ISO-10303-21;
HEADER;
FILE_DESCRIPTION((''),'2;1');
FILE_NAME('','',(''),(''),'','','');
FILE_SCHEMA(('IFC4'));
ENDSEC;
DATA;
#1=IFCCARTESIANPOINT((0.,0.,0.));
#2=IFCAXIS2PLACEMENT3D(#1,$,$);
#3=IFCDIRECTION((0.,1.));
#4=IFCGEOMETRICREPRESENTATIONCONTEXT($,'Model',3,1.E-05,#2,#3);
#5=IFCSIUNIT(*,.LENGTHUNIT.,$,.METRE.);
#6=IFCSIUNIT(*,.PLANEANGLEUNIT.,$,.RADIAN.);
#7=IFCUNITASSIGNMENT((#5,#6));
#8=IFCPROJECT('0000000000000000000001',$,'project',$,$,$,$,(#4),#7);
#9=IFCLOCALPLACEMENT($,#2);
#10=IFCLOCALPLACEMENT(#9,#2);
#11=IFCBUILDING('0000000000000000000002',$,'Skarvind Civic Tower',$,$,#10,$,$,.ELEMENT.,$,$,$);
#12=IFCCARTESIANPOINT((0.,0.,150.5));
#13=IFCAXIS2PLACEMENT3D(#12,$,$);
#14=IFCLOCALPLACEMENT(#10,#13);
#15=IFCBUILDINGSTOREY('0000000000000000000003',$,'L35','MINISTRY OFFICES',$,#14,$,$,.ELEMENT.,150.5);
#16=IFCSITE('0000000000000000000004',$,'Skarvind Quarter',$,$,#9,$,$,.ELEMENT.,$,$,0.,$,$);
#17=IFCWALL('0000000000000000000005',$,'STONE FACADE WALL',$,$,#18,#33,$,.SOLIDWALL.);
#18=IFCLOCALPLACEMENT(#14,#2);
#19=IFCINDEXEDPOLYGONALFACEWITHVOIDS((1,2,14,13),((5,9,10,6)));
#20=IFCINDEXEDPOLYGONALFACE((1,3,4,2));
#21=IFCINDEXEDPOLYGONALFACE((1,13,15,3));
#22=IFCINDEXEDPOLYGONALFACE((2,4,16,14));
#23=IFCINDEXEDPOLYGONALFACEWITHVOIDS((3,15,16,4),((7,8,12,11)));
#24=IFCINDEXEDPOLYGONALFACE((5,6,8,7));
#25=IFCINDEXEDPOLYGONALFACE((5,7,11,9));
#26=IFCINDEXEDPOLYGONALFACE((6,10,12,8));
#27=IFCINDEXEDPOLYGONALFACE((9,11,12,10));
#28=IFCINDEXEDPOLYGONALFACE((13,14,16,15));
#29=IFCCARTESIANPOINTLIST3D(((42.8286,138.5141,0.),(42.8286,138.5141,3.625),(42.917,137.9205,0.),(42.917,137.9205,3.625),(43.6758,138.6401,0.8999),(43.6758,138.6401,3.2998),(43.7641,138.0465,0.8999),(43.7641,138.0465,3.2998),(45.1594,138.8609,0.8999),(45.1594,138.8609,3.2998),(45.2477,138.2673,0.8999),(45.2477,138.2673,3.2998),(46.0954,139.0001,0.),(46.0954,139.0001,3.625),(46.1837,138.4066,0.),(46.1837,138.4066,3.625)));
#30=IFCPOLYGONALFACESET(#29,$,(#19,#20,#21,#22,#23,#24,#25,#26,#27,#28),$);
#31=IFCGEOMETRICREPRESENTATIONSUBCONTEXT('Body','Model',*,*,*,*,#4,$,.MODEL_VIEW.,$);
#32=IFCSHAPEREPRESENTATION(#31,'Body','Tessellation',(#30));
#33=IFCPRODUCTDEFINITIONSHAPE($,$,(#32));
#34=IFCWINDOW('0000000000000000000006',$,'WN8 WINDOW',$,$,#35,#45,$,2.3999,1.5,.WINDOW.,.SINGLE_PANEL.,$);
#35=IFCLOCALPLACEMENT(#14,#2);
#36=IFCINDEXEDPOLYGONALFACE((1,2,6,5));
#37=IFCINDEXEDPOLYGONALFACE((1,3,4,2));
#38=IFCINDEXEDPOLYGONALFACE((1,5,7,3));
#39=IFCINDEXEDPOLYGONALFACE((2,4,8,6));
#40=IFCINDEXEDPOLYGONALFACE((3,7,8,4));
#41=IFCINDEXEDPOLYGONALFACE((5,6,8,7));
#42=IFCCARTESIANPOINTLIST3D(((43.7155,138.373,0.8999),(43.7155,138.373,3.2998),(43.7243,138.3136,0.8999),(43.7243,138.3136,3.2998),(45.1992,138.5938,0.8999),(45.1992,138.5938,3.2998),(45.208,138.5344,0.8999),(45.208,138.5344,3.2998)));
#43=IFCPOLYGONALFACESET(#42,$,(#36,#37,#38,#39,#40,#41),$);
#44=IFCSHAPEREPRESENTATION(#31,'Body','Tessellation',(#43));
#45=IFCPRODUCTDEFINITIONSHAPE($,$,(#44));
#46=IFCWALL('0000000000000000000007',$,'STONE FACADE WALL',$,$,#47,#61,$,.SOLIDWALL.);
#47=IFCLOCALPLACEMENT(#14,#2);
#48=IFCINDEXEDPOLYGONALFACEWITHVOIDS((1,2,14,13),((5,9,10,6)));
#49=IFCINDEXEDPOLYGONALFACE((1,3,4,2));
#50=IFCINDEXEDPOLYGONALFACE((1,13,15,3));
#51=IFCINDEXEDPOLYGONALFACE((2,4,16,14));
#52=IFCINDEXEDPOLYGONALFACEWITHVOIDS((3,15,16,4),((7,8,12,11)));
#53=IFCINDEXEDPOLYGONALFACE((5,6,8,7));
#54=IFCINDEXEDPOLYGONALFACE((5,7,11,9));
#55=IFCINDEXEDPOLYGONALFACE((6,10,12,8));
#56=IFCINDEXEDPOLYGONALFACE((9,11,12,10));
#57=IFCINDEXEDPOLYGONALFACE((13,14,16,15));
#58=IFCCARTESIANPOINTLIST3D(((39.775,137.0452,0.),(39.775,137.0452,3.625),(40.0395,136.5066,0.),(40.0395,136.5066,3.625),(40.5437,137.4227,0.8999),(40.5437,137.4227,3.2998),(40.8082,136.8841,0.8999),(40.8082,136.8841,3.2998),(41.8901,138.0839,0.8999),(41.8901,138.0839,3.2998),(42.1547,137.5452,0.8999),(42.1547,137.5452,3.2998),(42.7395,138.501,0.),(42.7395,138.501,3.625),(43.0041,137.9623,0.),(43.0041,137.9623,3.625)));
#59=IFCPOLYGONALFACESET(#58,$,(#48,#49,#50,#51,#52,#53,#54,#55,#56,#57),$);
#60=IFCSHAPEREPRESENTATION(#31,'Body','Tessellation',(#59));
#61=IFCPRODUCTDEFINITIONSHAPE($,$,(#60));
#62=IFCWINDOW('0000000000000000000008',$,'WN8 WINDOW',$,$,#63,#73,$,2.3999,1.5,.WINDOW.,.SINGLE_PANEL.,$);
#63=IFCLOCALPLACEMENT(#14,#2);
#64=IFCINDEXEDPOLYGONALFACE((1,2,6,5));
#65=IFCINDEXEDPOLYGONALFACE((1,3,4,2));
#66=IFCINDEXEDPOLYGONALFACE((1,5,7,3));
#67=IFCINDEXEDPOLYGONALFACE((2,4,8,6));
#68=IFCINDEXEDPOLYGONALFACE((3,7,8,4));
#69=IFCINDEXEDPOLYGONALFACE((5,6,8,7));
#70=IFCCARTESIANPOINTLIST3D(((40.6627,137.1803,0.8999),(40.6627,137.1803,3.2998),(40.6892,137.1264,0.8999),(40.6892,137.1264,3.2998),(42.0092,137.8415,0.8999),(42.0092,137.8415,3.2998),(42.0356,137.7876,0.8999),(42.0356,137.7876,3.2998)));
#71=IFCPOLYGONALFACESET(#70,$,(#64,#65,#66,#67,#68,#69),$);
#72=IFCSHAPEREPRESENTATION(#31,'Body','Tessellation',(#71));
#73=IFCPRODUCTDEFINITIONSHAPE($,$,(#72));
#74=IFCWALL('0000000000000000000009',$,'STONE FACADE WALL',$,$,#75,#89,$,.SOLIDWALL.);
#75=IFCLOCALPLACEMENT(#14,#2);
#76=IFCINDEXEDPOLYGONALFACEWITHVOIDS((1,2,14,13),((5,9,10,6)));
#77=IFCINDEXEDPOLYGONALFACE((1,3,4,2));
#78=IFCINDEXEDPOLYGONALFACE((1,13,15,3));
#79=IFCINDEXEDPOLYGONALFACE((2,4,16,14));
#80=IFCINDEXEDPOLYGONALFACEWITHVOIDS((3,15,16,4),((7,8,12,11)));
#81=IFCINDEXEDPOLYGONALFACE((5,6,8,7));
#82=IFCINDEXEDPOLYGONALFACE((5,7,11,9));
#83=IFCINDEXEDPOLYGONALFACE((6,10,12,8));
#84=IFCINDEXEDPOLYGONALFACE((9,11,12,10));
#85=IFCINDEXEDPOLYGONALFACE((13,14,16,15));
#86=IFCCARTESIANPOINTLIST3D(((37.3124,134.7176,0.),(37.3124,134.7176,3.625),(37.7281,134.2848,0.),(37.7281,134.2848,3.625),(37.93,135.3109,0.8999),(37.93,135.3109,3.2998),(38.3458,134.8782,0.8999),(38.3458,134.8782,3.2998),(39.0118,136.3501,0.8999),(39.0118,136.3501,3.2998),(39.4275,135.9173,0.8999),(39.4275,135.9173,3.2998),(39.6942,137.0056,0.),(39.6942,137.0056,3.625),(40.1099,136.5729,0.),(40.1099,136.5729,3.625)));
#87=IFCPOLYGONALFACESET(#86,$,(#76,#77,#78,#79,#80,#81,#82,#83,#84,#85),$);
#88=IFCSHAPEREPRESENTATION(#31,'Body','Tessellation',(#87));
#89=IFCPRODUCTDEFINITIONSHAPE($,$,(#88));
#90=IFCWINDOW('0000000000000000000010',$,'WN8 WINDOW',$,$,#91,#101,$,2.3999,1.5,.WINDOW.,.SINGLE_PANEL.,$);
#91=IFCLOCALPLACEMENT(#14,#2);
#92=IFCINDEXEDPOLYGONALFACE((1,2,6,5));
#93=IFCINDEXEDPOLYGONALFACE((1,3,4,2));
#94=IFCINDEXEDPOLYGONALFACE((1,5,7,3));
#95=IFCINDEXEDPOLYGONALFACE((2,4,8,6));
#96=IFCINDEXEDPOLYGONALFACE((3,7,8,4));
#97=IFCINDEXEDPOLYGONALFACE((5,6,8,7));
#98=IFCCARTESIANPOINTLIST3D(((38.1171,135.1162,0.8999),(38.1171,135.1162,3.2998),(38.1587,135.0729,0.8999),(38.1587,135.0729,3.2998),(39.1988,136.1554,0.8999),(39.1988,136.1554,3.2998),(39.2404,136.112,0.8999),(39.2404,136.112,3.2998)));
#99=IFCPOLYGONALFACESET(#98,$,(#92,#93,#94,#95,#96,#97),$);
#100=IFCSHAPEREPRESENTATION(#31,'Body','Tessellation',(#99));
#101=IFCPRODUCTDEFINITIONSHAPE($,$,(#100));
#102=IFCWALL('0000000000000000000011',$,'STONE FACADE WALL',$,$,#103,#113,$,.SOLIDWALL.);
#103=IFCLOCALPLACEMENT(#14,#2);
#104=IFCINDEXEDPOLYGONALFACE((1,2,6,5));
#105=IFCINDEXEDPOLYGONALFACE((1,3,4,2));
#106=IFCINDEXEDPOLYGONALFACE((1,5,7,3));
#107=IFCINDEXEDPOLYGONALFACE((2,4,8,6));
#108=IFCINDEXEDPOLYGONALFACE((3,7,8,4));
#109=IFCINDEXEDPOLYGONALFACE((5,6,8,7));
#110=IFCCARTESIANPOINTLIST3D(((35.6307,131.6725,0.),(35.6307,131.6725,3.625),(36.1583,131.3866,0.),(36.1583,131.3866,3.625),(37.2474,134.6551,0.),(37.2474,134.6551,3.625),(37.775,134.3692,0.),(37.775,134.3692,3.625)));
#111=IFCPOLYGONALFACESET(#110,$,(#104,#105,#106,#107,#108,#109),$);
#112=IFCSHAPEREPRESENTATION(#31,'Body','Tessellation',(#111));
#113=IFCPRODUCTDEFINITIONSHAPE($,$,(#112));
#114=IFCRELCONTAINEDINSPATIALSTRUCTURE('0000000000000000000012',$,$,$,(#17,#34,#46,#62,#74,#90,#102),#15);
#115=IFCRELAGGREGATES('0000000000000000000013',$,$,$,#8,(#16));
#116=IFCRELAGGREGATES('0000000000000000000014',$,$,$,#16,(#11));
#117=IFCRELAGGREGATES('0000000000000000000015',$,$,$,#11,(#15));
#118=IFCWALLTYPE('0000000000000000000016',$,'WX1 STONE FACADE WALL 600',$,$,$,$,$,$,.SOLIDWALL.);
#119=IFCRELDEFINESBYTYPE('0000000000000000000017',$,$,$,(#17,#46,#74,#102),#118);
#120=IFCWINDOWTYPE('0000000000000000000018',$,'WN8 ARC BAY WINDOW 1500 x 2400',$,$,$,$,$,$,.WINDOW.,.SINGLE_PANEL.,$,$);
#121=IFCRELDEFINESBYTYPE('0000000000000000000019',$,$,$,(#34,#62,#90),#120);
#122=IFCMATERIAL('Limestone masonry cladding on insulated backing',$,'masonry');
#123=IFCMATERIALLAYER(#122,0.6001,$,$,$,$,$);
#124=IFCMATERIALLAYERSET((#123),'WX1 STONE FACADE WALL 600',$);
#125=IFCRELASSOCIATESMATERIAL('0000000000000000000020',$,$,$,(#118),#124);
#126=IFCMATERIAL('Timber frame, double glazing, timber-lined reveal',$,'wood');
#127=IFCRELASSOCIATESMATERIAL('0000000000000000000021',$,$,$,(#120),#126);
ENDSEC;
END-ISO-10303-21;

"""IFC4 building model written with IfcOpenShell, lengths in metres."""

from ifc_helpers import new_model, si_unit, direction, frame, frame_2d, origin, place, context, subcontext, project, spatial, rectangle, extrude, material, layer, layer_set, type_object, element, fill, save


model = new_model("IFC4")

# Units and contexts
model_context = context("Model", 3, precision=1e-05, world=origin(), true_north=direction((0.0, 1.0)))
body_context = subcontext(model_context, "Body", "Model", "MODEL_VIEW")
ifc_project = project(units=[si_unit("LENGTHUNIT", "METRE"), si_unit("PLANEANGLEUNIT", "RADIAN")], contexts=[model_context])

# Site, building, storey
site_placement = place(None, origin())
site = spatial("IfcSite", under=ifc_project, at=site_placement, Name="Skarvind Quarter", CompositionType="ELEMENT", RefElevation=0.0)
building_placement = place(site_placement, origin())
building = spatial("IfcBuilding", under=site, at=building_placement, Name="Skarvind Civic Tower", CompositionType="ELEMENT")
storey_placement = place(building_placement, frame((0.0, 0.0, 150.5)))
storey = spatial("IfcBuildingStorey", under=building, at=storey_placement, Name="L35", Description="MINISTRY OFFICES", CompositionType="ELEMENT", Elevation=150.5)

# Walls, openings, windows
ifc_material_1 = material(Name="Limestone masonry cladding on insulated backing", Category="masonry")
ifc_layer_1 = layer(ifc_material_1, 0.6001)
ifc_layer_set_1 = layer_set([ifc_layer_1], Name="WX1 STONE FACADE WALL 600")
wall_type_1 = type_object("IfcWallType", Name="WX1 STONE FACADE WALL 600", PredefinedType="SOLIDWALL", material=ifc_layer_set_1)
wall_1_placement = place(storey_placement, frame((42.8728, 138.2173, 0.0), z_axis=(0.0, 0.0, 1.0), x_axis=(0.989111, 0.147173, 0.0)))
wall_1 = element("IfcWall", 1, at=wall_1_placement, inside=storey, type_object=wall_type_1, Name="STONE FACADE WALL", PredefinedType="SOLIDWALL", context=body_context, shape_type="SweptSolid", body=[
    extrude(rectangle(XDim=3.3027, YDim=0.6001, at=frame_2d((1.6514, 0.0))), origin(), (0.0, 0.0, 1.0), 3.625),
])
opening_1_placement = place(wall_1_placement, frame((0.8564, 0.0, 0.8999)))
opening_1 = element("IfcOpeningElement", 2, at=opening_1_placement, cuts=wall_1, PredefinedType="OPENING", context=body_context, shape_type="SweptSolid", body=[
    extrude(rectangle(XDim=1.5, YDim=2.3999, at=frame_2d((0.75, 1.2))), frame((0.0, 0.3101, 0.0), z_axis=(0.0, -1.0, 0.0), x_axis=(1.0, 0.0, 0.0)), (0.0, 0.0, 1.0), 0.6201),
])
ifc_material_2 = material(Name="Timber frame, double glazing, timber-lined reveal", Category="wood")
window_type = type_object("IfcWindowType", Name="WN8 ARC BAY WINDOW 1500 x 2400", PartitioningType="SINGLE_PANEL", PredefinedType="WINDOW", material=ifc_material_2)
window_1_placement = place(opening_1_placement, origin())
window_1 = element("IfcWindow", 3, at=window_1_placement, inside=storey, type_object=window_type, Name="WN8 WINDOW", OverallHeight=2.3999, OverallWidth=1.5, PartitioningType="SINGLE_PANEL", PredefinedType="WINDOW", context=body_context, shape_type="SweptSolid", body=[
    extrude(rectangle(XDim=1.5, YDim=2.3999, at=frame_2d((0.75, 1.2))), frame((0.0, 0.03, 0.0), z_axis=(0.0, -1.0, 0.0), x_axis=(1.0, 0.0, 0.0)), (0.0, 0.0, 1.0), 0.0601),
])
fill(opening_1, window_1)
wall_2_placement = place(storey_placement, frame((39.9072, 136.7759, 0.0), z_axis=(0.0, 0.0, 1.0), x_axis=(0.897612, 0.440786, 0.0)))
wall_2 = element("IfcWall", 4, at=wall_2_placement, inside=storey, type_object=wall_type_1, Name="STONE FACADE WALL", PredefinedType="SOLIDWALL", context=body_context, shape_type="SweptSolid", body=[
    extrude(rectangle(XDim=3.3027, YDim=0.6001, at=frame_2d((1.6514, 0.0))), origin(), (0.0, 0.0, 1.0), 3.625),
])
opening_2_placement = place(wall_2_placement, frame((0.8564, 0.0, 0.8999)))
opening_2 = element("IfcOpeningElement", 5, at=opening_2_placement, cuts=wall_2, PredefinedType="OPENING", context=body_context, shape_type="SweptSolid", body=[
    extrude(rectangle(XDim=1.5, YDim=2.3999, at=frame_2d((0.75, 1.2))), frame((0.0, 0.3101, 0.0), z_axis=(0.0, -1.0, 0.0), x_axis=(1.0, 0.0, 0.0)), (0.0, 0.0, 1.0), 0.6201),
])
window_2_placement = place(opening_2_placement, origin())
window_2 = element("IfcWindow", 6, at=window_2_placement, inside=storey, type_object=window_type, Name="WN8 WINDOW", OverallHeight=2.3999, OverallWidth=1.5, PartitioningType="SINGLE_PANEL", PredefinedType="WINDOW", context=body_context, shape_type="SweptSolid", body=[
    extrude(rectangle(XDim=1.5, YDim=2.3999, at=frame_2d((0.75, 1.2))), frame((0.0, 0.03, 0.0), z_axis=(0.0, -1.0, 0.0), x_axis=(1.0, 0.0, 0.0)), (0.0, 0.0, 1.0), 0.0601),
])
fill(opening_2, window_2)
wall_3_placement = place(storey_placement, frame((37.5203, 134.5012, 0.0), z_axis=(0.0, 0.0, 1.0), x_axis=(0.721157, 0.692772, 0.0)))
wall_3 = element("IfcWall", 7, at=wall_3_placement, inside=storey, type_object=wall_type_1, Name="STONE FACADE WALL", PredefinedType="SOLIDWALL", context=body_context, shape_type="SweptSolid", body=[
    extrude(rectangle(XDim=3.3027, YDim=0.6001, at=frame_2d((1.6514, 0.0))), origin(), (0.0, 0.0, 1.0), 3.625),
])
opening_3_placement = place(wall_3_placement, frame((0.8564, 0.0, 0.8999)))
opening_3 = element("IfcOpeningElement", 8, at=opening_3_placement, cuts=wall_3, PredefinedType="OPENING", context=body_context, shape_type="SweptSolid", body=[
    extrude(rectangle(XDim=1.5, YDim=2.3999, at=frame_2d((0.75, 1.2))), frame((0.0, 0.3101, 0.0), z_axis=(0.0, -1.0, 0.0), x_axis=(1.0, 0.0, 0.0)), (0.0, 0.0, 1.0), 0.6201),
])
window_3_placement = place(opening_3_placement, origin())
window_3 = element("IfcWindow", 9, at=window_3_placement, inside=storey, type_object=window_type, Name="WN8 WINDOW", OverallHeight=2.3999, OverallWidth=1.5, PartitioningType="SINGLE_PANEL", PredefinedType="WINDOW", context=body_context, shape_type="SweptSolid", body=[
    extrude(rectangle(XDim=1.5, YDim=2.3999, at=frame_2d((0.75, 1.2))), frame((0.0, 0.03, 0.0), z_axis=(0.0, -1.0, 0.0), x_axis=(1.0, 0.0, 0.0)), (0.0, 0.0, 1.0), 0.0601),
])
fill(opening_3, window_3)

# Wall
wall_4_placement = place(storey_placement, frame((35.8945, 131.5295, 0.0), z_axis=(0.0, 0.0, 1.0), x_axis=(0.476531, 0.879158, 0.0)))
element("IfcWall", 10, at=wall_4_placement, inside=storey, type_object=wall_type_1, Name="STONE FACADE WALL", PredefinedType="SOLIDWALL", context=body_context, shape_type="SweptSolid", body=[
    extrude(rectangle(XDim=3.3926, YDim=0.6001, at=frame_2d((1.6963, 0.0))), origin(), (0.0, 0.0, 1.0), 3.625),
])

save(model, "model.ifc")
